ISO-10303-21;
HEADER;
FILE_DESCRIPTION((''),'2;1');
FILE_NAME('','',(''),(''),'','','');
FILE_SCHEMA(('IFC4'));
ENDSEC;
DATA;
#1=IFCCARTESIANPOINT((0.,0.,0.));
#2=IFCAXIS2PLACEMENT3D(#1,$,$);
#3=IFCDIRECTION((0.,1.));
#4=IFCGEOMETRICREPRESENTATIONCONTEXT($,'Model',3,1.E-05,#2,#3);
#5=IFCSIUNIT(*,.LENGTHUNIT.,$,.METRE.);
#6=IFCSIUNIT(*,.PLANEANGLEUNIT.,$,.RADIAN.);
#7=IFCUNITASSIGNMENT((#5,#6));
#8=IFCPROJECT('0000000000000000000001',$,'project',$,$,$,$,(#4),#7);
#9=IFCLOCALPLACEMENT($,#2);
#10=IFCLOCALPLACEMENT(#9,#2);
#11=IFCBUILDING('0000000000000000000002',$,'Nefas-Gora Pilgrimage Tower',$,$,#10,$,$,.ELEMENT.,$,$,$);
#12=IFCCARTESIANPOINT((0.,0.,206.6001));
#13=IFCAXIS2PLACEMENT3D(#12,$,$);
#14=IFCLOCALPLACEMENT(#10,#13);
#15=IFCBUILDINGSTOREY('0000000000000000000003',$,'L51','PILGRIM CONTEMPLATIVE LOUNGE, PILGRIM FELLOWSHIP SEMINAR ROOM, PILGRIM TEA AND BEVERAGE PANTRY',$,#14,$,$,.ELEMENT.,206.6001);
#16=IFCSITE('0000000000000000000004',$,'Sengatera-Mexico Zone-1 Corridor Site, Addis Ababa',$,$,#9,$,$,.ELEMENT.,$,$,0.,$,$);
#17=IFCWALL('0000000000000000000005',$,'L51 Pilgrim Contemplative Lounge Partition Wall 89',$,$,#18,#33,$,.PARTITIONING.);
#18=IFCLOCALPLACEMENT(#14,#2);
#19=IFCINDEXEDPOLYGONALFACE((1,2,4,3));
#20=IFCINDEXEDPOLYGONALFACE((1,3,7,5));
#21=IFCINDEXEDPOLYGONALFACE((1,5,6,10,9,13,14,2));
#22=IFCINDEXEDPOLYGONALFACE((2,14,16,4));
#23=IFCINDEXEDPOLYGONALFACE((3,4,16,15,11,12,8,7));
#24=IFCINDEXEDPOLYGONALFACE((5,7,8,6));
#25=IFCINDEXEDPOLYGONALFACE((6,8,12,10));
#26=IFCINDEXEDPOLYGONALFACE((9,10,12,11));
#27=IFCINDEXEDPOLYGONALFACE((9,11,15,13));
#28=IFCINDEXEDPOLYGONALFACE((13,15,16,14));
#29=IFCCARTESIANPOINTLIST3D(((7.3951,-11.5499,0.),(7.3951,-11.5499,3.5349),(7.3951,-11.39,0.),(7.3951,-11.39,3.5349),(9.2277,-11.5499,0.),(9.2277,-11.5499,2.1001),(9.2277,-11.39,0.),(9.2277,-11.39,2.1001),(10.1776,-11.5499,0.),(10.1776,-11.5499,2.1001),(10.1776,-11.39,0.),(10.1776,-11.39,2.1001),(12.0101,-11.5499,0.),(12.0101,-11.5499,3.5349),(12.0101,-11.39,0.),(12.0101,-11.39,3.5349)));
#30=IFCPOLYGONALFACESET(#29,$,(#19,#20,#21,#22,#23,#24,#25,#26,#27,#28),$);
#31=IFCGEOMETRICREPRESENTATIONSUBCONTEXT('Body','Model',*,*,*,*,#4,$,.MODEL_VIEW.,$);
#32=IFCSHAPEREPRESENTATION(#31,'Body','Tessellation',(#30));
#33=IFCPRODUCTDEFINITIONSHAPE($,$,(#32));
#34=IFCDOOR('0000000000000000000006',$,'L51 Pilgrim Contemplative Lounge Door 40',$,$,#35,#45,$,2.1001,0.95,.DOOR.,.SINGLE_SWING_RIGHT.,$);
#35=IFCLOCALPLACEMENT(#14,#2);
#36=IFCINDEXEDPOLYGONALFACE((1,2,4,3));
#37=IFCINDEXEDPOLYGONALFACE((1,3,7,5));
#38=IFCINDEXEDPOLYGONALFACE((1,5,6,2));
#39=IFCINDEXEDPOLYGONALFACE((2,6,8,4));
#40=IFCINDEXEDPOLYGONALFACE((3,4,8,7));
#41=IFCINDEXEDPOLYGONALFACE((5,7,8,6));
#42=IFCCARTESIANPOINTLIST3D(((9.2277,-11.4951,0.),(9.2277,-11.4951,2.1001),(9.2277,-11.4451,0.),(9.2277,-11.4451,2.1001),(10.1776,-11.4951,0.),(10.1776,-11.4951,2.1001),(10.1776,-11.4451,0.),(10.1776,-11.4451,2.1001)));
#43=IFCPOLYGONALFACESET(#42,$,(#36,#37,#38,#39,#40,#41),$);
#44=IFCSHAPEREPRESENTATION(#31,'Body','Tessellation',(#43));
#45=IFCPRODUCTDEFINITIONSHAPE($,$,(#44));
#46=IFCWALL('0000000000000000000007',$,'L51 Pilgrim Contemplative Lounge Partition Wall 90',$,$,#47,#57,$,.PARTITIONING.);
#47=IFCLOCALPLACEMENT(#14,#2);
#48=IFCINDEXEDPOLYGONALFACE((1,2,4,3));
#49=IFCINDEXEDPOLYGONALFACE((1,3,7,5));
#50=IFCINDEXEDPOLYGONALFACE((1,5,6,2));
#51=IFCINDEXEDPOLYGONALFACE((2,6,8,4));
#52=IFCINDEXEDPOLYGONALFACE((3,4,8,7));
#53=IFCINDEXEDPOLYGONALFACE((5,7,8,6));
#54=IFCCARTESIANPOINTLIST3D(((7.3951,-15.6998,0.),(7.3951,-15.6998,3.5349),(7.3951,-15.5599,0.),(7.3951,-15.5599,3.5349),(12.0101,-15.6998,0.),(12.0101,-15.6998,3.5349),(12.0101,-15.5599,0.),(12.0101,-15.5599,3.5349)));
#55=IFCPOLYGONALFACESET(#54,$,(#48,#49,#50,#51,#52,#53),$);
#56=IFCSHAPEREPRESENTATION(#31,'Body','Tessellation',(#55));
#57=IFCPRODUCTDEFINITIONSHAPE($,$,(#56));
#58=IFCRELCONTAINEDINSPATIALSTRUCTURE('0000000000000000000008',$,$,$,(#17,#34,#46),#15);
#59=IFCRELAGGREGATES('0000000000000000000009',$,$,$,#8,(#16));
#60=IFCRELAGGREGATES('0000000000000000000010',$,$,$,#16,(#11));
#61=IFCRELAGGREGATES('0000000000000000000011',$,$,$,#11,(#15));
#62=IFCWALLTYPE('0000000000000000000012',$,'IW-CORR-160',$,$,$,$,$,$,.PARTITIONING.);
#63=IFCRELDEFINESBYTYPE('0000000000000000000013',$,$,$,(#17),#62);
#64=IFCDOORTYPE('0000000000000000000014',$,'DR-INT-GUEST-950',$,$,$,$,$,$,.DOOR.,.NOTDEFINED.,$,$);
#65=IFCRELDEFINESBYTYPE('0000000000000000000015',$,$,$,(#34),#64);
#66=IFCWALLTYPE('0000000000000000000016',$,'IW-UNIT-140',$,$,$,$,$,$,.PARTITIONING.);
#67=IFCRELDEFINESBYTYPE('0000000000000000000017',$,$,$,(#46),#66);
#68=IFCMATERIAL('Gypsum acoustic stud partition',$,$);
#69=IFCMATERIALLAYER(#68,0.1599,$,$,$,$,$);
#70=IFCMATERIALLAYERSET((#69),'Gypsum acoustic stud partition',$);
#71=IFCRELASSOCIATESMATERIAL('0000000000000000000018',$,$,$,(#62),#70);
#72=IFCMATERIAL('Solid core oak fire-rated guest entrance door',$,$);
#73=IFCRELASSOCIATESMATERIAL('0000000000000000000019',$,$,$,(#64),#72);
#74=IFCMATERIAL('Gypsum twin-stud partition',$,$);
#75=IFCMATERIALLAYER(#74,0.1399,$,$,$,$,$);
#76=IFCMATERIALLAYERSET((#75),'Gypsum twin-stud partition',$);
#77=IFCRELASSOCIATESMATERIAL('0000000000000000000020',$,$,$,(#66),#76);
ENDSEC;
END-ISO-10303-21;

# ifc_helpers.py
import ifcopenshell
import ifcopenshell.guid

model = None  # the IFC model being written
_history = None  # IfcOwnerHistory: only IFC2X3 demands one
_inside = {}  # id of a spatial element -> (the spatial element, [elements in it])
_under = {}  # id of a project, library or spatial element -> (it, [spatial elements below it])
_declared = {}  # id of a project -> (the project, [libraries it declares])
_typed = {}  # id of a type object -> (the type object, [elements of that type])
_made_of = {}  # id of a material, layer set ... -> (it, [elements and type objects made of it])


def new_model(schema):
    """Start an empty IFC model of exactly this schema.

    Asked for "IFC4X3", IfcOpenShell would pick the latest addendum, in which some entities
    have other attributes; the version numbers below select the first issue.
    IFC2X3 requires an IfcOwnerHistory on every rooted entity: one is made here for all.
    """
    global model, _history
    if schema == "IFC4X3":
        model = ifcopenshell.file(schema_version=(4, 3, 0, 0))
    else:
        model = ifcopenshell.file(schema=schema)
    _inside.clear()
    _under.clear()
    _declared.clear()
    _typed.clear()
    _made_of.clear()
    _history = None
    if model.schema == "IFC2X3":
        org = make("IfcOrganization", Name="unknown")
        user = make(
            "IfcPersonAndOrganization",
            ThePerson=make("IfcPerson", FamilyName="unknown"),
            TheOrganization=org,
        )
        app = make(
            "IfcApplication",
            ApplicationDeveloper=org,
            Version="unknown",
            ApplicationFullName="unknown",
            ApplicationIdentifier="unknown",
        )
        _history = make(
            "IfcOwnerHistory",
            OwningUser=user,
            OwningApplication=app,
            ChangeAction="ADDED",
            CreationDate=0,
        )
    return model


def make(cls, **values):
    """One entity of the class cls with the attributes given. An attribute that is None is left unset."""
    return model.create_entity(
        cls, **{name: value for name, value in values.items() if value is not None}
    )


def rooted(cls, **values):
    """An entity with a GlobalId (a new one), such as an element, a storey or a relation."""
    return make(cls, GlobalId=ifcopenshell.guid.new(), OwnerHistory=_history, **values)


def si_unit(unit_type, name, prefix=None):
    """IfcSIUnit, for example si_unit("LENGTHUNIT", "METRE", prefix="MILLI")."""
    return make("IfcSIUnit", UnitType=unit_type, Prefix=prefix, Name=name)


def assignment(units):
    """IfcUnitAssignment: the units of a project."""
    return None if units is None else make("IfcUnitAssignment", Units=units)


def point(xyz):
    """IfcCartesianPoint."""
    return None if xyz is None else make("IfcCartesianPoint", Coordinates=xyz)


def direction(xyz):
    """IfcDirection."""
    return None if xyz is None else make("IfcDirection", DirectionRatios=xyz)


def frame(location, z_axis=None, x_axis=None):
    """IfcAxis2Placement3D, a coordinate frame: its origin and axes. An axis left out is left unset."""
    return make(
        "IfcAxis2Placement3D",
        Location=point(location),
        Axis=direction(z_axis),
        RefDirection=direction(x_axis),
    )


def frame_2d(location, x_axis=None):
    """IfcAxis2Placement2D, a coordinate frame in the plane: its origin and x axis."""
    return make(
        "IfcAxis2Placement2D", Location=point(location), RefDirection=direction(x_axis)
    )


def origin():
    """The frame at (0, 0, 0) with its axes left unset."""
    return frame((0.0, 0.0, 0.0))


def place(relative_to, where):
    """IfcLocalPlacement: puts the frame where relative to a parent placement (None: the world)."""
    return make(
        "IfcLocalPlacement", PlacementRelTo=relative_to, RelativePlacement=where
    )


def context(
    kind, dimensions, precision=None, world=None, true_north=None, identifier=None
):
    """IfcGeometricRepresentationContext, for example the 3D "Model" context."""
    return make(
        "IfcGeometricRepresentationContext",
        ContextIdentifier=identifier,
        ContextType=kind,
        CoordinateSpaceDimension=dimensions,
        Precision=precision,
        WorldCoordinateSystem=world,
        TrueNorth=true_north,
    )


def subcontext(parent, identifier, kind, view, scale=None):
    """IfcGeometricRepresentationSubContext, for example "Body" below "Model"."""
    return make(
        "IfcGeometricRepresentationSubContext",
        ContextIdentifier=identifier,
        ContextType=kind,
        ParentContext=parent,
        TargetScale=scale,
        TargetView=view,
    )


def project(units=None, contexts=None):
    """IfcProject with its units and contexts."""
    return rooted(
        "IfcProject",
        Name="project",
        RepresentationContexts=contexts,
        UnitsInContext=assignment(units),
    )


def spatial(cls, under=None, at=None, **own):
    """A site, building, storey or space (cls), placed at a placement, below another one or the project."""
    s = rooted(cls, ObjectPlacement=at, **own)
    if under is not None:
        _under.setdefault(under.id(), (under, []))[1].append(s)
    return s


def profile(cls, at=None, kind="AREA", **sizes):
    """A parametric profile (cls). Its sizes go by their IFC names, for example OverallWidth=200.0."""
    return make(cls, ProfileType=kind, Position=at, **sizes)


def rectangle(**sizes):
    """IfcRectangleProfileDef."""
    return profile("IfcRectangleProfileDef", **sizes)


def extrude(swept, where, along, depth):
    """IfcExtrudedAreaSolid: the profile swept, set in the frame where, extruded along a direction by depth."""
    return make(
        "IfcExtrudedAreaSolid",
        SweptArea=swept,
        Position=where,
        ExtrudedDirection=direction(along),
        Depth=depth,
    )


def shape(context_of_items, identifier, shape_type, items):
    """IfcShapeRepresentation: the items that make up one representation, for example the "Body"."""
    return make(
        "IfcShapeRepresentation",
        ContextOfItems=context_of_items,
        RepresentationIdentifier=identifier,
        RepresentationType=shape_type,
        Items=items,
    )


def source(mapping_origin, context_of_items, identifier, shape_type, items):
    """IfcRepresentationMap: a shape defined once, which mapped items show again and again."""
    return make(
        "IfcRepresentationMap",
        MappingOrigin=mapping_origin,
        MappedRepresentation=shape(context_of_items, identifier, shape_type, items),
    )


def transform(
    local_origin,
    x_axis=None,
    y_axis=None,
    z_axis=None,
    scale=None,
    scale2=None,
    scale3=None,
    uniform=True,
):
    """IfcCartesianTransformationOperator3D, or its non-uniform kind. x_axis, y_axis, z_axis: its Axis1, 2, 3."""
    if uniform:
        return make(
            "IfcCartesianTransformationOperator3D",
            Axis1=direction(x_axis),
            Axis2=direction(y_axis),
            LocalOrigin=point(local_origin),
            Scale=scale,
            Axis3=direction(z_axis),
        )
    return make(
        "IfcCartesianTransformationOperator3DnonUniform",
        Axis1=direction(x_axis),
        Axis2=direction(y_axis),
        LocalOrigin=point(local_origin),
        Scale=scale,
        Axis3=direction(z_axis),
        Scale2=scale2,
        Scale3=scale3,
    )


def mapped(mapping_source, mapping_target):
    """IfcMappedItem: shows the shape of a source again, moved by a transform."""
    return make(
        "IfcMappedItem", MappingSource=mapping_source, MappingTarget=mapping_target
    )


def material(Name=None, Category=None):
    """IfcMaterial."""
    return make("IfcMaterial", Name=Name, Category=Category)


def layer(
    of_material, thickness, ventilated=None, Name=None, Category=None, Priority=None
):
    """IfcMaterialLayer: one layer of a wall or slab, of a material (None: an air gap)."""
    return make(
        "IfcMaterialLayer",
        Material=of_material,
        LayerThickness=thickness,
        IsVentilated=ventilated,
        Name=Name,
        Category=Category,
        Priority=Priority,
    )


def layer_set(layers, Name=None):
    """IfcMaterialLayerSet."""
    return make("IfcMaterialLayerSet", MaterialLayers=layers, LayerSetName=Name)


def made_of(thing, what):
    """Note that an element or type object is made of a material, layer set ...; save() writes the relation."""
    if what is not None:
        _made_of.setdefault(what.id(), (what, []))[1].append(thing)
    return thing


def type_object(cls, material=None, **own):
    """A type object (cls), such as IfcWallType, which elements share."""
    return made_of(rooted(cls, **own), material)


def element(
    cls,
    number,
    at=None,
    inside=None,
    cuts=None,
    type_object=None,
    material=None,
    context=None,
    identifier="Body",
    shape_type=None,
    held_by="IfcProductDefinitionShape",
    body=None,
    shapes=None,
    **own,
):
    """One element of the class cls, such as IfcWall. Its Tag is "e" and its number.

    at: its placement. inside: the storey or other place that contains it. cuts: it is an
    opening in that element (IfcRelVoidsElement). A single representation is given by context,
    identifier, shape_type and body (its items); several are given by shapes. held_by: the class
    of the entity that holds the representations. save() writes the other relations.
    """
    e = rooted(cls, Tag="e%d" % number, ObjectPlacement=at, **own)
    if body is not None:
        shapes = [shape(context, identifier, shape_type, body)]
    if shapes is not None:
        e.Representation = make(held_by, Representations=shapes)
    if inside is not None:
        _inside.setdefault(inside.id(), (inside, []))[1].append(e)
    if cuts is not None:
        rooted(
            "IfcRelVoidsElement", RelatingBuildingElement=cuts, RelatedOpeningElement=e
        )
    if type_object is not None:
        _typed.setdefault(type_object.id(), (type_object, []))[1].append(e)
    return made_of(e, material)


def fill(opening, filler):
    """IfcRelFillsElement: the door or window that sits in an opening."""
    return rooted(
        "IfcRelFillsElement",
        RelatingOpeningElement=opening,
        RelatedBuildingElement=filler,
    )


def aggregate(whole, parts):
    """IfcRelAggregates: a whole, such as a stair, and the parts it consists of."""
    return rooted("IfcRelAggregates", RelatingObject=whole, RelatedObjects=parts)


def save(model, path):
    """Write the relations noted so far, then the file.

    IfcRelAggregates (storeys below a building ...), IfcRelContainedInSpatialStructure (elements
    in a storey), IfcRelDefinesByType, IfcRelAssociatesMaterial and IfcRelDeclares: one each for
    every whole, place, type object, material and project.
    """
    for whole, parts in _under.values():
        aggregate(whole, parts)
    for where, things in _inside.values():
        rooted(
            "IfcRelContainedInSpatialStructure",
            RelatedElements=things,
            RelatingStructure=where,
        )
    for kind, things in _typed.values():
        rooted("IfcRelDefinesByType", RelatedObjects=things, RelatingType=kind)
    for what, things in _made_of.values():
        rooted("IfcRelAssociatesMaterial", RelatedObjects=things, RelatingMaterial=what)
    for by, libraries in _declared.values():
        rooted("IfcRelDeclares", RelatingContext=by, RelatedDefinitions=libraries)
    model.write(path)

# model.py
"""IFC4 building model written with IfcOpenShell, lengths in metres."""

from ifc_helpers import new_model, si_unit, direction, frame, frame_2d, origin, place, context, subcontext, project, spatial, rectangle, extrude, source, transform, mapped, material, layer, layer_set, type_object, element, fill, save


model = new_model("IFC4")

# Units and contexts
model_context = context("Model", 3, precision=1e-05, world=origin(), true_north=direction((0.0, 1.0)))
body_context = subcontext(model_context, "Body", "Model", "MODEL_VIEW")
ifc_project = project(units=[si_unit("LENGTHUNIT", "METRE"), si_unit("PLANEANGLEUNIT", "RADIAN")], contexts=[model_context])

# Site, building, storey
site_placement = place(None, origin())
site = spatial("IfcSite", under=ifc_project, at=site_placement, Name="Sengatera-Mexico Zone-1 Corridor Site, Addis Ababa", CompositionType="ELEMENT", RefElevation=0.0)
building_placement = place(site_placement, origin())
building = spatial("IfcBuilding", under=site, at=building_placement, Name="Nefas-Gora Pilgrimage Tower", CompositionType="ELEMENT")
storey_placement = place(building_placement, frame((0.0, 0.0, 206.6001)))
storey = spatial("IfcBuildingStorey", under=building, at=storey_placement, Name="L51", Description="PILGRIM CONTEMPLATIVE LOUNGE, PILGRIM FELLOWSHIP SEMINAR ROOM, PILGRIM TEA AND BEVERAGE PANTRY", CompositionType="ELEMENT", Elevation=206.6001)

# Shared definitions
ifc_material_1 = material(Name="Gypsum acoustic stud partition")
ifc_layer_1 = layer(ifc_material_1, 0.1599)
ifc_layer_set_1 = layer_set([ifc_layer_1], Name="Gypsum acoustic stud partition")
wall_type_1 = type_object("IfcWallType", Name="IW-CORR-160", PredefinedType="PARTITIONING", material=ifc_layer_set_1)
ifc_material_2 = material(Name="Solid core oak fire-rated guest entrance door")
door_type = type_object("IfcDoorType", Name="DR-INT-GUEST-950", OperationType="NOTDEFINED", PredefinedType="DOOR", material=ifc_material_2)
shared_shape_1 = source(origin(), body_context, "Body", "SweptSolid", [
    extrude(rectangle(XDim=0.95, YDim=2.1001, at=frame_2d((0.4751, 1.05))), frame((0.0, 0.0249, 0.0), z_axis=(0.0, -1.0, 0.0), x_axis=(1.0, 0.0, 0.0)), (0.0, 0.0, 1.0), 0.05),
])

# Shared definitions
ifc_material_3 = material(Name="Gypsum twin-stud partition")
ifc_layer_2 = layer(ifc_material_3, 0.1399)
ifc_layer_set_2 = layer_set([ifc_layer_2], Name="Gypsum twin-stud partition")
wall_type_2 = type_object("IfcWallType", Name="IW-UNIT-140", PredefinedType="PARTITIONING", material=ifc_layer_set_2)

# Wall, opening, door
shared_shape_2 = source(origin(), body_context, "Body", "SweptSolid", [
    extrude(rectangle(XDim=4.615, YDim=0.1599, at=frame_2d((2.3076, 0.0))), origin(), (0.0, 0.0, 1.0), 3.5349),
])
wall_1_placement = place(storey_placement, frame((7.395, -11.47, 0.0), z_axis=(0.0, 0.0, 1.0), x_axis=(1.0, 0.0, 0.0)))
wall_1 = element("IfcWall", 1, at=wall_1_placement, inside=storey, type_object=wall_type_1, Name="L51 Pilgrim Contemplative Lounge Partition Wall 89", PredefinedType="PARTITIONING", context=body_context, shape_type="MappedRepresentation", body=[
    mapped(shared_shape_2, transform((0.0, 0.0, 0.0), x_axis=(1.0, 0.0, 0.0), y_axis=(0.0, 1.0, 0.0), z_axis=(0.0, 0.0, 1.0), scale=1.0)),
])
opening_1_placement = place(wall_1_placement, frame((1.8325, 0.0, 0.0)))
opening_1 = element("IfcOpeningElement", 2, at=opening_1_placement, cuts=wall_1, PredefinedType="OPENING", context=body_context, shape_type="SweptSolid", body=[
    extrude(rectangle(XDim=0.95, YDim=2.1001, at=frame_2d((0.4751, 1.05))), frame((0.0, 0.0898, 0.0), z_axis=(0.0, -1.0, 0.0), x_axis=(1.0, 0.0, 0.0)), (0.0, 0.0, 1.0), 0.1799),
])
door_1_placement = place(opening_1_placement, origin())
door_1 = element("IfcDoor", 3, at=door_1_placement, inside=storey, type_object=door_type, Name="L51 Pilgrim Contemplative Lounge Door 40", OperationType="SINGLE_SWING_RIGHT", OverallHeight=2.1001, OverallWidth=0.95, PredefinedType="DOOR", context=body_context, shape_type="MappedRepresentation", body=[
    mapped(shared_shape_1, transform((0.0, 0.0, 0.0), x_axis=(1.0, 0.0, 0.0), y_axis=(0.0, 1.0, 0.0), z_axis=(0.0, 0.0, 1.0), scale=1.0)),
])
fill(opening_1, door_1)

# Wall
shared_shape_3 = source(origin(), body_context, "Body", "SweptSolid", [
    extrude(rectangle(XDim=4.615, YDim=0.1399, at=frame_2d((2.3076, 0.0))), origin(), (0.0, 0.0, 1.0), 3.5349),
])
wall_2_placement = place(storey_placement, frame((7.395, -15.6299, 0.0), z_axis=(0.0, 0.0, 1.0), x_axis=(1.0, 0.0, 0.0)))
element("IfcWall", 4, at=wall_2_placement, inside=storey, type_object=wall_type_2, Name="L51 Pilgrim Contemplative Lounge Partition Wall 90", PredefinedType="PARTITIONING", context=body_context, shape_type="MappedRepresentation", body=[
    mapped(shared_shape_3, transform((0.0, 0.0, 0.0), x_axis=(1.0, 0.0, 0.0), y_axis=(0.0, 1.0, 0.0), z_axis=(0.0, 0.0, 1.0), scale=1.0)),
])

save(model, "model.ifc")
